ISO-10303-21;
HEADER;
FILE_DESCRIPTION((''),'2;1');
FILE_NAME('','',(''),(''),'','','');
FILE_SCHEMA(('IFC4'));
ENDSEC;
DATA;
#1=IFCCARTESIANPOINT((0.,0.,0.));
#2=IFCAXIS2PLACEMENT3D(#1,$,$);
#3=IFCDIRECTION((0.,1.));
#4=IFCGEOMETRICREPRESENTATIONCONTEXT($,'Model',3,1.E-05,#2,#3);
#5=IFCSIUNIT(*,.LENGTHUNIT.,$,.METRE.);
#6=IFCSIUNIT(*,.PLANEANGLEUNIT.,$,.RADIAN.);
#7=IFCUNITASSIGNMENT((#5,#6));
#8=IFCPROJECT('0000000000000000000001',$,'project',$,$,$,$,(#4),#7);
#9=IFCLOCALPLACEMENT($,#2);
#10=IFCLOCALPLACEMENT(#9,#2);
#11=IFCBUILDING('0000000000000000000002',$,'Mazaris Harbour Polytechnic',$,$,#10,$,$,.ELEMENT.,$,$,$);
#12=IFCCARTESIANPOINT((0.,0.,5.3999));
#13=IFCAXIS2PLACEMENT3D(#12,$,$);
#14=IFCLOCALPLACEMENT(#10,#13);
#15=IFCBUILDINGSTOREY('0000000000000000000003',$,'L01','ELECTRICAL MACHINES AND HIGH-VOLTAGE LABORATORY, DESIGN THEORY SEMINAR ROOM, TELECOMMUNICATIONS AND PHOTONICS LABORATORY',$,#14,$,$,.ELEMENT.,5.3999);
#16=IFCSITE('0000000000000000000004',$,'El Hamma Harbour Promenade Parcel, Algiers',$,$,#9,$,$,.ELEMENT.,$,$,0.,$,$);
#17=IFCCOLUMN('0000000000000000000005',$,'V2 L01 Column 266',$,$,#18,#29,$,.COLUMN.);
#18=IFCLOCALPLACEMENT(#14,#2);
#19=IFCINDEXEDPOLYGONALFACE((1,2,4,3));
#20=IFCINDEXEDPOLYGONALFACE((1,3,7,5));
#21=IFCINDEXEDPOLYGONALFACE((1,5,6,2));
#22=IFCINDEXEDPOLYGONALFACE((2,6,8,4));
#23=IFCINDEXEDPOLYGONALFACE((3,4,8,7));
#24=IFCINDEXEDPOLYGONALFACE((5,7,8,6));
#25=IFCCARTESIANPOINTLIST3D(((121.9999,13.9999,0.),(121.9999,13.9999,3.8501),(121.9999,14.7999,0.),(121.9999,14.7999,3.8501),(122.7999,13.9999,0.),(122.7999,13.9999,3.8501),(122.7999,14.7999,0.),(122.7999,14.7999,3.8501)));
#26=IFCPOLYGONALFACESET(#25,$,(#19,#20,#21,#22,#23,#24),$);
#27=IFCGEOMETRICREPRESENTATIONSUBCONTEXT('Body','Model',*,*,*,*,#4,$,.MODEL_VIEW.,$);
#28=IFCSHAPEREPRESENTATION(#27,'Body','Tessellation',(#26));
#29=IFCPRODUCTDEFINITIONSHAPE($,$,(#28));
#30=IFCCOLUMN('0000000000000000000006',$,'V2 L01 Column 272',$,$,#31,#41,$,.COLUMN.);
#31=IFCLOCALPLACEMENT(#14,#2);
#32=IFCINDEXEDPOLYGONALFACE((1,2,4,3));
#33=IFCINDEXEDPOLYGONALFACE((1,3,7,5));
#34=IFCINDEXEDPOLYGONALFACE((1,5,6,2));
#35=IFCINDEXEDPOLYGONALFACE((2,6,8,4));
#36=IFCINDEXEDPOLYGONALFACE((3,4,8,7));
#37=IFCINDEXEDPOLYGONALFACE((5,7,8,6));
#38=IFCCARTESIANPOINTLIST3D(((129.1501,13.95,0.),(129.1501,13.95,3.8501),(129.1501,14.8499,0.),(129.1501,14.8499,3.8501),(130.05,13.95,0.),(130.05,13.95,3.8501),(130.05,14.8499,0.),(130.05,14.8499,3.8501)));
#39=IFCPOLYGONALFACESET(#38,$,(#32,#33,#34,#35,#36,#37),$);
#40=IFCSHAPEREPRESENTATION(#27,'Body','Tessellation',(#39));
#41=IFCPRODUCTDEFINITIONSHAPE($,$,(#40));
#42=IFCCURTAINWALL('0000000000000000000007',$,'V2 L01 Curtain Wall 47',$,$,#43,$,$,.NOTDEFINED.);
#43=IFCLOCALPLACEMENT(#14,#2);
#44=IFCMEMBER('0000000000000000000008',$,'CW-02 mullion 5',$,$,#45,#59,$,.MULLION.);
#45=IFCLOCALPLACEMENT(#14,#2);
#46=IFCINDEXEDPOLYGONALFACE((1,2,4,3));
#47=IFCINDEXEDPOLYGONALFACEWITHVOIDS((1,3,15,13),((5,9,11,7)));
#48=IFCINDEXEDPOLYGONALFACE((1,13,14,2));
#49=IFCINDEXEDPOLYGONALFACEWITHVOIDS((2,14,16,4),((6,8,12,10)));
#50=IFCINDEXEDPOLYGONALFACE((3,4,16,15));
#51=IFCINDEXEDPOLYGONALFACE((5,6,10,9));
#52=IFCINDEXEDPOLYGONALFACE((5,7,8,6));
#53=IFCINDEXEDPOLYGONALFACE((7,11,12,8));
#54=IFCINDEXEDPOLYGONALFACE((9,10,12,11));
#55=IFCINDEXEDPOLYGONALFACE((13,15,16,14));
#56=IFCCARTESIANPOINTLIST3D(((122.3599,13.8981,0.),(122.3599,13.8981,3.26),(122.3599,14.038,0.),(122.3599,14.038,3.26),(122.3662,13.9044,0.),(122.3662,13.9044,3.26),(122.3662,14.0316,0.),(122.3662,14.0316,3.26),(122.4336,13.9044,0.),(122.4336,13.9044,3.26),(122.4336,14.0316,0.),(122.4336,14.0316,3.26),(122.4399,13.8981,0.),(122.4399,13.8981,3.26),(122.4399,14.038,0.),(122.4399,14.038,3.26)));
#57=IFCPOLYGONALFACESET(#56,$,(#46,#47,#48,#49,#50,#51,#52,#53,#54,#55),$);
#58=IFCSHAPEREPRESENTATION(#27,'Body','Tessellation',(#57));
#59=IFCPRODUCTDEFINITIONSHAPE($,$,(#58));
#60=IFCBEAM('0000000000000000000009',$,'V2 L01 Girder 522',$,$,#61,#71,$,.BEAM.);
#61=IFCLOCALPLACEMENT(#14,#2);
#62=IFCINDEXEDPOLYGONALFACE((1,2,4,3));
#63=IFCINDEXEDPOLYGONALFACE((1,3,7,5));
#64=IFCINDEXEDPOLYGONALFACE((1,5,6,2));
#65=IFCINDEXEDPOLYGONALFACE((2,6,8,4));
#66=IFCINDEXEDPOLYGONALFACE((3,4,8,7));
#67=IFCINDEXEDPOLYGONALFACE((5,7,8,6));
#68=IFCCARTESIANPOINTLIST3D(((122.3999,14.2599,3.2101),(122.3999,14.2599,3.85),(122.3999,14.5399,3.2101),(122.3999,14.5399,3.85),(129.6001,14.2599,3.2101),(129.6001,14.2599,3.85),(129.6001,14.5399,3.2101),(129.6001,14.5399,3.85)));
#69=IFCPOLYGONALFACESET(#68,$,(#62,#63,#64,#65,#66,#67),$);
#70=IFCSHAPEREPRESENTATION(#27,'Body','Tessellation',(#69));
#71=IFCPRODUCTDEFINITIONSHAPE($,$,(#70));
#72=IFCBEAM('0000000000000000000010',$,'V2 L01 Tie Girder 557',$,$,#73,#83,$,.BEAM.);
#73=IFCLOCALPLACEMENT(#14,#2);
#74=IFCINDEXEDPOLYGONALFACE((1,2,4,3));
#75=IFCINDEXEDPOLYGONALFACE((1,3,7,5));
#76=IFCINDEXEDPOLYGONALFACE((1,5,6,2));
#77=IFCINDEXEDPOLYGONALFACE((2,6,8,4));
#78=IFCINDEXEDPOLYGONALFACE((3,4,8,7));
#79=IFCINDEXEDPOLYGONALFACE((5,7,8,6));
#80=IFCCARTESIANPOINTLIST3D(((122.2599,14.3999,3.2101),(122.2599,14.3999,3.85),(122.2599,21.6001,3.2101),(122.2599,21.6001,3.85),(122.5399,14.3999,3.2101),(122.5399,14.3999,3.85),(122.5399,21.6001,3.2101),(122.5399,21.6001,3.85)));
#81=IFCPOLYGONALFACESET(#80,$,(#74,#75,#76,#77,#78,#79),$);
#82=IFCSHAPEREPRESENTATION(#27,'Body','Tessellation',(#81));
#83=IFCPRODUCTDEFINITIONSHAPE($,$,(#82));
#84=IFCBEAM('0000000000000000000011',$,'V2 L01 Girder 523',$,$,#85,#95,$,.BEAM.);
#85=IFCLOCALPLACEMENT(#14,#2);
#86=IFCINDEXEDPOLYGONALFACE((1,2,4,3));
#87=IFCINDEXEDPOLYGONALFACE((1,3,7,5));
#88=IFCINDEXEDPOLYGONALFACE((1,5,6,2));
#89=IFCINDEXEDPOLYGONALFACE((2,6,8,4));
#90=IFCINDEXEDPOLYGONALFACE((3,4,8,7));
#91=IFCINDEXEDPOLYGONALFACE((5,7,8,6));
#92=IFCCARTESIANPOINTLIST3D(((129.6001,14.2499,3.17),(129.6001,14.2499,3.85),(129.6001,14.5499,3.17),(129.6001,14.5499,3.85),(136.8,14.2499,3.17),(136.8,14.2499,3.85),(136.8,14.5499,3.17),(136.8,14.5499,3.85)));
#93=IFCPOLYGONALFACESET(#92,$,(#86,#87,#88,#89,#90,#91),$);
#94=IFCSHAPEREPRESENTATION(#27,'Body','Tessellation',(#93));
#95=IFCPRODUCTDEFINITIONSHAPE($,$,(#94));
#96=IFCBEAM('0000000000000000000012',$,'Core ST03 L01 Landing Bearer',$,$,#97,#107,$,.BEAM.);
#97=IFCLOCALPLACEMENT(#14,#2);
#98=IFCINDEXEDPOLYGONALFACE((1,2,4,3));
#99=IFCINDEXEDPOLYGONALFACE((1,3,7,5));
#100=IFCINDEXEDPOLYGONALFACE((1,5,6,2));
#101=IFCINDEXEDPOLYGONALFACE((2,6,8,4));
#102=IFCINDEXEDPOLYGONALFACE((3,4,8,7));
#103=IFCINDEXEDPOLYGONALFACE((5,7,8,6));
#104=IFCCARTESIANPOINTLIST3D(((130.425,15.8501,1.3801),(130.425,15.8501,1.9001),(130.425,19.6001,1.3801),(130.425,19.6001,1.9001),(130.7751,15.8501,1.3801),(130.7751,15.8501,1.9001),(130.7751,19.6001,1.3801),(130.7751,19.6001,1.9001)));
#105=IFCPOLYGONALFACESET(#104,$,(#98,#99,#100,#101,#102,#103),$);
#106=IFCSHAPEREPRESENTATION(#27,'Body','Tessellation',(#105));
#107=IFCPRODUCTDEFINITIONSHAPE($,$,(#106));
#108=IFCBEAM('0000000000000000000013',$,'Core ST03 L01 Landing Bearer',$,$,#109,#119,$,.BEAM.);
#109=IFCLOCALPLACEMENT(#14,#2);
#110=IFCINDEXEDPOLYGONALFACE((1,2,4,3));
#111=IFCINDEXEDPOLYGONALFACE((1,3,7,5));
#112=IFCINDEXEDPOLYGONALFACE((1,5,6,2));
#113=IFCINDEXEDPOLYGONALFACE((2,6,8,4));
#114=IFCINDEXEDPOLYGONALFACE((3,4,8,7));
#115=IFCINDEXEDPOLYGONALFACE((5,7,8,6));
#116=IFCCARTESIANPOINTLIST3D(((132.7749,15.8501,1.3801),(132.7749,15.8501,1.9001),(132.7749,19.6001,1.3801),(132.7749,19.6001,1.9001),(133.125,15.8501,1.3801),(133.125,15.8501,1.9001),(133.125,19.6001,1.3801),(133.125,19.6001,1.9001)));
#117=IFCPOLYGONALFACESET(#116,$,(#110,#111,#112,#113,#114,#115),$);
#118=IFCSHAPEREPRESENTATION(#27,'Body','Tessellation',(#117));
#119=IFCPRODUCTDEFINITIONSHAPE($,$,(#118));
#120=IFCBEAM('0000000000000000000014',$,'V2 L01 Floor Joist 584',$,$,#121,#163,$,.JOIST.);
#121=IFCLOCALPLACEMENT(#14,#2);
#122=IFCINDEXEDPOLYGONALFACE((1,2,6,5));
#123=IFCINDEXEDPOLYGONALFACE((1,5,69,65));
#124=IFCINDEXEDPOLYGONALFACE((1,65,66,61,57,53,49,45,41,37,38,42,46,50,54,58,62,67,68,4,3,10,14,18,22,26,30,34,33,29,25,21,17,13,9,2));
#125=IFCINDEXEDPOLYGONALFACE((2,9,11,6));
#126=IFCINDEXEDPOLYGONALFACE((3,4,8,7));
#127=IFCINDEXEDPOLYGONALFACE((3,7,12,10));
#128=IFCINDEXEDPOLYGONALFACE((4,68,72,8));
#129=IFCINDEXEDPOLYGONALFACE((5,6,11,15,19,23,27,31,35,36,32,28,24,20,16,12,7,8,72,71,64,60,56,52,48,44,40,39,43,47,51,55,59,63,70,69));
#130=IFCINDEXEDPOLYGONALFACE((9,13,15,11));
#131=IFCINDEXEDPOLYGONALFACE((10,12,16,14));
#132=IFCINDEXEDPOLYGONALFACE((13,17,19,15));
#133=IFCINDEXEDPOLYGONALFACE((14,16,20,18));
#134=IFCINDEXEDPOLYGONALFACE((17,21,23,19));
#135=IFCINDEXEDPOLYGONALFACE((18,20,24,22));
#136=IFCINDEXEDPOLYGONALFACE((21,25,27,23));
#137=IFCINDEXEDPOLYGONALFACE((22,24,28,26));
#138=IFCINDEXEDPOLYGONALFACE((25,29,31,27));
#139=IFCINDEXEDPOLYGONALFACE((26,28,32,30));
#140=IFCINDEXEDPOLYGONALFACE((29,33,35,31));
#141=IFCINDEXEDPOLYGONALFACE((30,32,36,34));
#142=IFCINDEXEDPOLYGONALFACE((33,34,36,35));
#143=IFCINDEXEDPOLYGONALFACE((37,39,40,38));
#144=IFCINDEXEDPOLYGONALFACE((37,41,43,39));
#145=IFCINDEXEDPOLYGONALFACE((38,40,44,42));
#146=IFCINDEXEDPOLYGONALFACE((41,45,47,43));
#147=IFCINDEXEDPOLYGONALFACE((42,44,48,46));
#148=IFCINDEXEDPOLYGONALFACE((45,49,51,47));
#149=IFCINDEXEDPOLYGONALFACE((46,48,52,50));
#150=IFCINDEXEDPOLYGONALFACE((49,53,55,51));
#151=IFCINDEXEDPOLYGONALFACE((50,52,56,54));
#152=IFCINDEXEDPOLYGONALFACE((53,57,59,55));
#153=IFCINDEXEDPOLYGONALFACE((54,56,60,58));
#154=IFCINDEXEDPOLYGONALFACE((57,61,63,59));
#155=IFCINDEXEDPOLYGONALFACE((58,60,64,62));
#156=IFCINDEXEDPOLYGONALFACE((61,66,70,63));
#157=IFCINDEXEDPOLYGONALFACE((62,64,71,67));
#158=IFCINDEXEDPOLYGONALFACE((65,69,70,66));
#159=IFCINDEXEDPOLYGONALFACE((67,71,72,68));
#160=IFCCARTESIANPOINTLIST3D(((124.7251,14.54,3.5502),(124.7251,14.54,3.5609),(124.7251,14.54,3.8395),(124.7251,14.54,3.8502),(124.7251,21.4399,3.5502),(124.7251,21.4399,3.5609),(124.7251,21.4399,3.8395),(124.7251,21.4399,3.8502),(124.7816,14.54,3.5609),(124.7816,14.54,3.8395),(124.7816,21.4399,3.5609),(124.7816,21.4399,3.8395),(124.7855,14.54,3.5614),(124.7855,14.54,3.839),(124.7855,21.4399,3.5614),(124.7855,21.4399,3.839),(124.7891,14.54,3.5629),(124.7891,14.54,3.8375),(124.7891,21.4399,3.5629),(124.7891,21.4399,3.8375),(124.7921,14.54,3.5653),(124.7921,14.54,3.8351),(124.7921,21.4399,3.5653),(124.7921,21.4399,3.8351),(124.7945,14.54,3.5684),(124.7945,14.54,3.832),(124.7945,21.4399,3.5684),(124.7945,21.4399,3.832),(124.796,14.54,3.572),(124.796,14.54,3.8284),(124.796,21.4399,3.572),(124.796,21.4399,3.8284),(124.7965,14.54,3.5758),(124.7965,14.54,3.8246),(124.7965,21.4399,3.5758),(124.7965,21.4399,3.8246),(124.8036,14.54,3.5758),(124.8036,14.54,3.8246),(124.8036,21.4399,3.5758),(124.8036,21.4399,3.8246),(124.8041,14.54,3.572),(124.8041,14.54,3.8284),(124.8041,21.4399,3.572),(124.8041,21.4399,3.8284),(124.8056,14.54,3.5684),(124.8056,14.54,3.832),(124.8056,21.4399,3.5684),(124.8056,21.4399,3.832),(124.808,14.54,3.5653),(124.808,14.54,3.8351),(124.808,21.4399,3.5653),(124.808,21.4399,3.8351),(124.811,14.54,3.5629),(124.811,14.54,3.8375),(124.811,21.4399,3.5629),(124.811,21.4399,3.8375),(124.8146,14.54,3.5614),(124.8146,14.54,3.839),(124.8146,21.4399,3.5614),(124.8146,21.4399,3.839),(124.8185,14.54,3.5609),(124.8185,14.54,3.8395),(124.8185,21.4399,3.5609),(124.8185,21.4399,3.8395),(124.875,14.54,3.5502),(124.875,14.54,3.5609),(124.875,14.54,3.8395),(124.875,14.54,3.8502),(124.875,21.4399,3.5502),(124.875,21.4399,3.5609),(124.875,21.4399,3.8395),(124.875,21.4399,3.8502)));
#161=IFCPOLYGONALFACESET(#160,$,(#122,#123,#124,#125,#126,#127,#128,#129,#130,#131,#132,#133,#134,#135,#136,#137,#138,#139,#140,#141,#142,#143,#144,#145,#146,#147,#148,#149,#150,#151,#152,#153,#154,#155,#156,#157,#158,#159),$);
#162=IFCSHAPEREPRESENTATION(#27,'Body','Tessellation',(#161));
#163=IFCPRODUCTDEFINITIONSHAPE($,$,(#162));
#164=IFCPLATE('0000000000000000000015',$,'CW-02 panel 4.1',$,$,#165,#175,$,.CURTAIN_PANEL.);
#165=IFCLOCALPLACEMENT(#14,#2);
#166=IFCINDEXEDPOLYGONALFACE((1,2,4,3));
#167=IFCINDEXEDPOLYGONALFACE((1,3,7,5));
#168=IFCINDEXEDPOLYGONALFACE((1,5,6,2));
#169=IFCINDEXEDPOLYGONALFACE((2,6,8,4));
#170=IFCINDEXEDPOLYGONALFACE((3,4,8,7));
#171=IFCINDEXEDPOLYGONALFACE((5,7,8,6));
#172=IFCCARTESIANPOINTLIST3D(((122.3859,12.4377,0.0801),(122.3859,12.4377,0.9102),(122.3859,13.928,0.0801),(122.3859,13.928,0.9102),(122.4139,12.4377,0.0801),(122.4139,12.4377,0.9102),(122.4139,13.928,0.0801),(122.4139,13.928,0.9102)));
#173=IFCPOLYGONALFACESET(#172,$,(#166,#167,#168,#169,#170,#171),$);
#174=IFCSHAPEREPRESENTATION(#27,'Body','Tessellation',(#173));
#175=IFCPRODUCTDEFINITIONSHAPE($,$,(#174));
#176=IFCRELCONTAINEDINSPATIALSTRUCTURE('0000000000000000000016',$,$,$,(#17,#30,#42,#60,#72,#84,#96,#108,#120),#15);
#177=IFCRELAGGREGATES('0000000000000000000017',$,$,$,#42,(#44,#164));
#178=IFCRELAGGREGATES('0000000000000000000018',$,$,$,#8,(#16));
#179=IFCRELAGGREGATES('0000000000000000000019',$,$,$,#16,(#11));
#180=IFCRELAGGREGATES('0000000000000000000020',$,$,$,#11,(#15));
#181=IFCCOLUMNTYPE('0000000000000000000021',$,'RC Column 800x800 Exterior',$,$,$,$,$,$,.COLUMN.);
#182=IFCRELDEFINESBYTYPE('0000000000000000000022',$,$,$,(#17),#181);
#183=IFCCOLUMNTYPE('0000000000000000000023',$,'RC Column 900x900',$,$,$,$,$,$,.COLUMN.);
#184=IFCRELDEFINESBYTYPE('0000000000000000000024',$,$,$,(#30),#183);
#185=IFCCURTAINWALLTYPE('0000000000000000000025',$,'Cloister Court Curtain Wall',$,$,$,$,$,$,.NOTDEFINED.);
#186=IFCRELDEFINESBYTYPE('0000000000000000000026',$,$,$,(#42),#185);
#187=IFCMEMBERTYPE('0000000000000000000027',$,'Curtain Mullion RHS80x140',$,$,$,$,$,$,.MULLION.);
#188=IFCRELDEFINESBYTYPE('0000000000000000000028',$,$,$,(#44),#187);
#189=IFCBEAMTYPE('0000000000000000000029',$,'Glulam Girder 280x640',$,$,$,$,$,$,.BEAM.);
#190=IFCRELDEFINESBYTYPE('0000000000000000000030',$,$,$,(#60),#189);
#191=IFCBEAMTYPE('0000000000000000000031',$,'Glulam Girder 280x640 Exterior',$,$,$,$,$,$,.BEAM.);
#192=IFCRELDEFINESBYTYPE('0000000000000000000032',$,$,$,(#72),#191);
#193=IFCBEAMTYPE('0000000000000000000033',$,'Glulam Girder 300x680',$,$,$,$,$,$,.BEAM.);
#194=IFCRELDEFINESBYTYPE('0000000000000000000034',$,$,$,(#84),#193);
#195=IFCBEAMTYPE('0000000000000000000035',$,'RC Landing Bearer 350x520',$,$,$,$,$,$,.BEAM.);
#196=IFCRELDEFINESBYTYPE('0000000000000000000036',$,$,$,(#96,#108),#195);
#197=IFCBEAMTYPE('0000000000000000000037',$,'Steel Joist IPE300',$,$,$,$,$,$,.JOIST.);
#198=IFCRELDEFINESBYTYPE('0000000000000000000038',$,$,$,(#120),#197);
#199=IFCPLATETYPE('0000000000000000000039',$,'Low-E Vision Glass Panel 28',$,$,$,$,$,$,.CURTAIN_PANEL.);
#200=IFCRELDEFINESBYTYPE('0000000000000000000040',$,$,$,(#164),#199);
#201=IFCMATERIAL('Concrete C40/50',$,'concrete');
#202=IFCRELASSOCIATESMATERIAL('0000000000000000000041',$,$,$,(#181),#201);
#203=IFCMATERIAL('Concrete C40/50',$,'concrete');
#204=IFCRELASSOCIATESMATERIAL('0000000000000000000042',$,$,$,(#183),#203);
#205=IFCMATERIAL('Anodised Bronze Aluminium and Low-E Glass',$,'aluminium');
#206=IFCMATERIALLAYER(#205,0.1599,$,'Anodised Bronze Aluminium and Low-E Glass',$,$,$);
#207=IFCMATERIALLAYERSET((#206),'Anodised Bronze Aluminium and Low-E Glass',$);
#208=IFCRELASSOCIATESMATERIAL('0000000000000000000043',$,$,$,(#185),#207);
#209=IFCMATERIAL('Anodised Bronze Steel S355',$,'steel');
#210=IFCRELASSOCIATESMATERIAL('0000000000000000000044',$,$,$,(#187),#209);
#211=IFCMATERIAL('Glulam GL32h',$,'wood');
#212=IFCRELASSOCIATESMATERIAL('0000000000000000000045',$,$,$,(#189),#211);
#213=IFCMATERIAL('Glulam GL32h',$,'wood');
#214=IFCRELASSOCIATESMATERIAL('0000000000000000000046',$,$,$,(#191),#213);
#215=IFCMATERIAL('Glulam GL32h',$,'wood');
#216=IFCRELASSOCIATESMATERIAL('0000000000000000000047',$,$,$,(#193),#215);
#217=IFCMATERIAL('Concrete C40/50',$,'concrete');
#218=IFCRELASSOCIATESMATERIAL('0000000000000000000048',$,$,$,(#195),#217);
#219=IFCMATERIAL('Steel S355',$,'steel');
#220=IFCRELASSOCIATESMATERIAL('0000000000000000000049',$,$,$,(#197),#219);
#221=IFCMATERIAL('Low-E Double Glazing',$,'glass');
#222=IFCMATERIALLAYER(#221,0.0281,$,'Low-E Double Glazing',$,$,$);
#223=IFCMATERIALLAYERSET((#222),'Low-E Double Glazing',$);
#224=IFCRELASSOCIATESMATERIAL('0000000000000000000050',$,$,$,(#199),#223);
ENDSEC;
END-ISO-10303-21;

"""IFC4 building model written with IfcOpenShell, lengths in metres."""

from ifc_helpers import new_model, si_unit, direction, frame, origin, origin_2d, place, context, subcontext, project, spatial, rectangle, hollow_rectangle, i_section, extrude, material, layer, layer_set, material_profile, profile_set, type_object, element, aggregate, save


model = new_model("IFC4")

# Units and contexts
model_context = context("Model", 3, precision=1e-05, world=origin(), true_north=direction((0.0, 1.0)))
body_context = subcontext(model_context, "Body", "Model", "MODEL_VIEW")
ifc_project = project(units=[si_unit("LENGTHUNIT", "METRE"), si_unit("PLANEANGLEUNIT", "RADIAN")], contexts=[model_context])

# Site, building, storey
site_placement = place(None, origin())
site = spatial("IfcSite", under=ifc_project, at=site_placement, Name="El Hamma Harbour Promenade Parcel, Algiers", CompositionType="ELEMENT", RefElevation=0.0)
building_placement = place(site_placement, origin())
building = spatial("IfcBuilding", under=site, at=building_placement, Name="Mazaris Harbour Polytechnic", CompositionType="ELEMENT")
storey_placement = place(building_placement, frame((0.0, 0.0, 5.3999)))
storey = spatial("IfcBuildingStorey", under=building, at=storey_placement, Name="L01", Description="ELECTRICAL MACHINES AND HIGH-VOLTAGE LABORATORY, DESIGN THEORY SEMINAR ROOM, TELECOMMUNICATIONS AND PHOTONICS LABORATORY", CompositionType="ELEMENT", Elevation=5.3999)

# Columns
ifc_material_1 = material(Name="Concrete C40/50", Category="concrete")
ifc_material_profile_1 = material_profile(ifc_material_1, rectangle(XDim=0.8, YDim=0.8, at=origin_2d()), Name="RECT800x800")
ifc_profile_set_1 = profile_set([ifc_material_profile_1], Name="Concrete C40/50")
column_type_1 = type_object("IfcColumnType", Name="RC Column 800x800 Exterior", PredefinedType="COLUMN", material=ifc_profile_set_1)
column_1_placement = place(storey_placement, frame((122.3999, 14.3999, 0.0), z_axis=(0.0, 0.0, 1.0), x_axis=(1.0, 0.0, 0.0)))
element("IfcColumn", 1, at=column_1_placement, inside=storey, type_object=column_type_1, Name="V2 L01 Column 266", PredefinedType="COLUMN", context=body_context, shape_type="SweptSolid", body=[
    extrude(rectangle(XDim=0.8, YDim=0.8, at=origin_2d()), origin(), (0.0, 0.0, 1.0), 3.8501),
])
ifc_material_2 = material(Name="Concrete C40/50", Category="concrete")
ifc_material_profile_2 = material_profile(ifc_material_2, rectangle(XDim=0.8999, YDim=0.8999, at=origin_2d()), Name="RECT900x900")
ifc_profile_set_2 = profile_set([ifc_material_profile_2], Name="Concrete C40/50")
column_type_2 = type_object("IfcColumnType", Name="RC Column 900x900", PredefinedType="COLUMN", material=ifc_profile_set_2)
column_2_placement = place(storey_placement, frame((129.6001, 14.3999, 0.0), z_axis=(0.0, 0.0, 1.0), x_axis=(1.0, 0.0, 0.0)))
element("IfcColumn", 2, at=column_2_placement, inside=storey, type_object=column_type_2, Name="V2 L01 Column 272", PredefinedType="COLUMN", context=body_context, shape_type="SweptSolid", body=[
    extrude(rectangle(XDim=0.8999, YDim=0.8999, at=origin_2d()), origin(), (0.0, 0.0, 1.0), 3.8501),
])

# Curtain wall, member
ifc_material_3 = material(Name="Anodised Bronze Aluminium and Low-E Glass", Category="aluminium")
ifc_layer_1 = layer(ifc_material_3, 0.1599, Name="Anodised Bronze Aluminium and Low-E Glass")
ifc_layer_set_1 = layer_set([ifc_layer_1], Name="Anodised Bronze Aluminium and Low-E Glass")
curtain_wall_type = type_object("IfcCurtainWallType", Name="Cloister Court Curtain Wall", PredefinedType="NOTDEFINED", material=ifc_layer_set_1)
curtain_wall_placement = place(storey_placement, origin())
curtain_wall = element("IfcCurtainWall", 3, at=curtain_wall_placement, inside=storey, type_object=curtain_wall_type, Name="V2 L01 Curtain Wall 47", PredefinedType="NOTDEFINED")
ifc_material_4 = material(Name="Anodised Bronze Steel S355", Category="steel")
ifc_material_profile_3 = material_profile(ifc_material_4, hollow_rectangle(XDim=0.0801, YDim=0.1399, WallThickness=0.0063, at=origin_2d()), Name="RHS 80x140x6.3")
ifc_profile_set_3 = profile_set([ifc_material_profile_3], Name="Anodised Bronze Steel S355")
member_type = type_object("IfcMemberType", Name="Curtain Mullion RHS80x140", PredefinedType="MULLION", material=ifc_profile_set_3)
member_placement = place(storey_placement, frame((122.3999, 13.968, 0.0), z_axis=(0.0, 0.0, 1.0), x_axis=(-1.0, 0.0, 0.0)))
member = element("IfcMember", 4, at=member_placement, type_object=member_type, Name="CW-02 mullion 5", PredefinedType="MULLION", context=body_context, shape_type="SweptSolid", body=[
    extrude(hollow_rectangle(XDim=0.0801, YDim=0.1399, WallThickness=0.0063, at=origin_2d()), origin(), (0.0, 0.0, 1.0), 3.26),
])

# Beams
ifc_material_5 = material(Name="Glulam GL32h", Category="wood")
ifc_material_profile_4 = material_profile(ifc_material_5, rectangle(XDim=0.28, YDim=0.6399, at=origin_2d()), Name="RECT280x640")
ifc_profile_set_4 = profile_set([ifc_material_profile_4], Name="Glulam GL32h")
beam_type_1 = type_object("IfcBeamType", Name="Glulam Girder 280x640", PredefinedType="BEAM", material=ifc_profile_set_4)
beam_1_placement = place(storey_placement, frame((122.3999, 14.3999, 3.53), z_axis=(1.0, 0.0, 0.0), x_axis=(0.0, 1.0, 0.0)))
element("IfcBeam", 5, at=beam_1_placement, inside=storey, type_object=beam_type_1, Name="V2 L01 Girder 522", PredefinedType="BEAM", context=body_context, shape_type="SweptSolid", body=[
    extrude(rectangle(XDim=0.28, YDim=0.6399, at=origin_2d()), origin(), (0.0, 0.0, 1.0), 7.2002),
])
ifc_material_6 = material(Name="Glulam GL32h", Category="wood")
ifc_material_profile_5 = material_profile(ifc_material_6, rectangle(XDim=0.28, YDim=0.6399, at=origin_2d()), Name="RECT280x640")
ifc_profile_set_5 = profile_set([ifc_material_profile_5], Name="Glulam GL32h")
beam_type_2 = type_object("IfcBeamType", Name="Glulam Girder 280x640 Exterior", PredefinedType="BEAM", material=ifc_profile_set_5)
beam_2_placement = place(storey_placement, frame((122.3999, 14.3999, 3.53), z_axis=(0.0, 1.0, 0.0), x_axis=(-1.0, 0.0, 0.0)))
element("IfcBeam", 6, at=beam_2_placement, inside=storey, type_object=beam_type_2, Name="V2 L01 Tie Girder 557", PredefinedType="BEAM", context=body_context, shape_type="SweptSolid", body=[
    extrude(rectangle(XDim=0.28, YDim=0.6399, at=origin_2d()), origin(), (0.0, 0.0, 1.0), 7.2002),
])
ifc_material_7 = material(Name="Glulam GL32h", Category="wood")
ifc_material_profile_6 = material_profile(ifc_material_7, rectangle(XDim=0.3, YDim=0.6799, at=origin_2d()), Name="RECT300x680")
ifc_profile_set_6 = profile_set([ifc_material_profile_6], Name="Glulam GL32h")
beam_type_3 = type_object("IfcBeamType", Name="Glulam Girder 300x680", PredefinedType="BEAM", material=ifc_profile_set_6)
beam_3_placement = place(storey_placement, frame((129.6001, 14.3999, 3.51), z_axis=(1.0, 0.0, 0.0), x_axis=(0.0, 1.0, 0.0)))
element("IfcBeam", 7, at=beam_3_placement, inside=storey, type_object=beam_type_3, Name="V2 L01 Girder 523", PredefinedType="BEAM", context=body_context, shape_type="SweptSolid", body=[
    extrude(rectangle(XDim=0.3, YDim=0.6799, at=origin_2d()), origin(), (0.0, 0.0, 1.0), 7.2),
])
ifc_material_8 = material(Name="Concrete C40/50", Category="concrete")
ifc_material_profile_7 = material_profile(ifc_material_8, rectangle(XDim=0.3501, YDim=0.52, at=origin_2d()), Name="RECT350x520")
ifc_profile_set_7 = profile_set([ifc_material_profile_7], Name="Concrete C40/50")
beam_type_4 = type_object("IfcBeamType", Name="RC Landing Bearer 350x520", PredefinedType="BEAM", material=ifc_profile_set_7)
for number, where, z_axis, x_axis, name in (
    (8, (130.6001, 15.8501, 1.6401), (0.0, 1.0, 0.0), (-1.0, 0.0, 0.0), "Core ST03 L01 Landing Bearer"),
    (9, (132.95, 15.8501, 1.6401), (0.0, 1.0, 0.0), (-1.0, 0.0, 0.0), "Core ST03 L01 Landing Bearer"),
):
    element("IfcBeam", number, at=place(storey_placement, frame(where, z_axis=z_axis, x_axis=x_axis)), inside=storey, type_object=beam_type_4, Name=name, PredefinedType="BEAM", context=body_context, shape_type="SweptSolid", body=[
        extrude(rectangle(XDim=0.3501, YDim=0.52, at=origin_2d()), origin(), (0.0, 0.0, 1.0), 3.75),
    ])
ifc_material_9 = material(Name="Steel S355", Category="steel")
ifc_material_profile_8 = material_profile(ifc_material_9, i_section(OverallWidth=0.1499, OverallDepth=0.3, WebThickness=0.0071, FlangeThickness=0.0107, FilletRadius=0.0149, at=origin_2d()), Name="IPE 300")
ifc_profile_set_8 = profile_set([ifc_material_profile_8], Name="Steel S355")
beam_type_5 = type_object("IfcBeamType", Name="Steel Joist IPE300", PredefinedType="JOIST", material=ifc_profile_set_8)
beam_4_placement = place(storey_placement, frame((124.8, 14.54, 3.7002), z_axis=(0.0, 1.0, 0.0), x_axis=(-1.0, 0.0, 0.0)))
element("IfcBeam", 10, at=beam_4_placement, inside=storey, type_object=beam_type_5, Name="V2 L01 Floor Joist 584", PredefinedType="JOIST", context=body_context, shape_type="SweptSolid", body=[
    extrude(i_section(OverallWidth=0.1499, OverallDepth=0.3, WebThickness=0.0071, FlangeThickness=0.0107, FilletRadius=0.0149, at=origin_2d()), origin(), (0.0, 0.0, 1.0), 6.8999),
])

# Plate
ifc_material_10 = material(Name="Low-E Double Glazing", Category="glass")
ifc_layer_2 = layer(ifc_material_10, 0.0281, Name="Low-E Double Glazing")
ifc_layer_set_2 = layer_set([ifc_layer_2], Name="Low-E Double Glazing")
plate_type = type_object("IfcPlateType", Name="Low-E Vision Glass Panel 28", PredefinedType="CURTAIN_PANEL", material=ifc_layer_set_2)
plate_1_placement = place(storey_placement, frame((122.3999, 13.1829, 0.0801), z_axis=(0.0, 0.0, 1.0), x_axis=(0.0, 1.0, 0.0)))
plate_1 = element("IfcPlate", 11, at=plate_1_placement, type_object=plate_type, Name="CW-02 panel 4.1", PredefinedType="CURTAIN_PANEL", context=body_context, shape_type="SweptSolid", body=[
    extrude(rectangle(XDim=1.4902, YDim=0.0281, at=origin_2d()), origin(), (0.0, 0.0, 1.0), 0.8301),
])
aggregate(curtain_wall, [member, plate_1])

save(model, "model.ifc")
